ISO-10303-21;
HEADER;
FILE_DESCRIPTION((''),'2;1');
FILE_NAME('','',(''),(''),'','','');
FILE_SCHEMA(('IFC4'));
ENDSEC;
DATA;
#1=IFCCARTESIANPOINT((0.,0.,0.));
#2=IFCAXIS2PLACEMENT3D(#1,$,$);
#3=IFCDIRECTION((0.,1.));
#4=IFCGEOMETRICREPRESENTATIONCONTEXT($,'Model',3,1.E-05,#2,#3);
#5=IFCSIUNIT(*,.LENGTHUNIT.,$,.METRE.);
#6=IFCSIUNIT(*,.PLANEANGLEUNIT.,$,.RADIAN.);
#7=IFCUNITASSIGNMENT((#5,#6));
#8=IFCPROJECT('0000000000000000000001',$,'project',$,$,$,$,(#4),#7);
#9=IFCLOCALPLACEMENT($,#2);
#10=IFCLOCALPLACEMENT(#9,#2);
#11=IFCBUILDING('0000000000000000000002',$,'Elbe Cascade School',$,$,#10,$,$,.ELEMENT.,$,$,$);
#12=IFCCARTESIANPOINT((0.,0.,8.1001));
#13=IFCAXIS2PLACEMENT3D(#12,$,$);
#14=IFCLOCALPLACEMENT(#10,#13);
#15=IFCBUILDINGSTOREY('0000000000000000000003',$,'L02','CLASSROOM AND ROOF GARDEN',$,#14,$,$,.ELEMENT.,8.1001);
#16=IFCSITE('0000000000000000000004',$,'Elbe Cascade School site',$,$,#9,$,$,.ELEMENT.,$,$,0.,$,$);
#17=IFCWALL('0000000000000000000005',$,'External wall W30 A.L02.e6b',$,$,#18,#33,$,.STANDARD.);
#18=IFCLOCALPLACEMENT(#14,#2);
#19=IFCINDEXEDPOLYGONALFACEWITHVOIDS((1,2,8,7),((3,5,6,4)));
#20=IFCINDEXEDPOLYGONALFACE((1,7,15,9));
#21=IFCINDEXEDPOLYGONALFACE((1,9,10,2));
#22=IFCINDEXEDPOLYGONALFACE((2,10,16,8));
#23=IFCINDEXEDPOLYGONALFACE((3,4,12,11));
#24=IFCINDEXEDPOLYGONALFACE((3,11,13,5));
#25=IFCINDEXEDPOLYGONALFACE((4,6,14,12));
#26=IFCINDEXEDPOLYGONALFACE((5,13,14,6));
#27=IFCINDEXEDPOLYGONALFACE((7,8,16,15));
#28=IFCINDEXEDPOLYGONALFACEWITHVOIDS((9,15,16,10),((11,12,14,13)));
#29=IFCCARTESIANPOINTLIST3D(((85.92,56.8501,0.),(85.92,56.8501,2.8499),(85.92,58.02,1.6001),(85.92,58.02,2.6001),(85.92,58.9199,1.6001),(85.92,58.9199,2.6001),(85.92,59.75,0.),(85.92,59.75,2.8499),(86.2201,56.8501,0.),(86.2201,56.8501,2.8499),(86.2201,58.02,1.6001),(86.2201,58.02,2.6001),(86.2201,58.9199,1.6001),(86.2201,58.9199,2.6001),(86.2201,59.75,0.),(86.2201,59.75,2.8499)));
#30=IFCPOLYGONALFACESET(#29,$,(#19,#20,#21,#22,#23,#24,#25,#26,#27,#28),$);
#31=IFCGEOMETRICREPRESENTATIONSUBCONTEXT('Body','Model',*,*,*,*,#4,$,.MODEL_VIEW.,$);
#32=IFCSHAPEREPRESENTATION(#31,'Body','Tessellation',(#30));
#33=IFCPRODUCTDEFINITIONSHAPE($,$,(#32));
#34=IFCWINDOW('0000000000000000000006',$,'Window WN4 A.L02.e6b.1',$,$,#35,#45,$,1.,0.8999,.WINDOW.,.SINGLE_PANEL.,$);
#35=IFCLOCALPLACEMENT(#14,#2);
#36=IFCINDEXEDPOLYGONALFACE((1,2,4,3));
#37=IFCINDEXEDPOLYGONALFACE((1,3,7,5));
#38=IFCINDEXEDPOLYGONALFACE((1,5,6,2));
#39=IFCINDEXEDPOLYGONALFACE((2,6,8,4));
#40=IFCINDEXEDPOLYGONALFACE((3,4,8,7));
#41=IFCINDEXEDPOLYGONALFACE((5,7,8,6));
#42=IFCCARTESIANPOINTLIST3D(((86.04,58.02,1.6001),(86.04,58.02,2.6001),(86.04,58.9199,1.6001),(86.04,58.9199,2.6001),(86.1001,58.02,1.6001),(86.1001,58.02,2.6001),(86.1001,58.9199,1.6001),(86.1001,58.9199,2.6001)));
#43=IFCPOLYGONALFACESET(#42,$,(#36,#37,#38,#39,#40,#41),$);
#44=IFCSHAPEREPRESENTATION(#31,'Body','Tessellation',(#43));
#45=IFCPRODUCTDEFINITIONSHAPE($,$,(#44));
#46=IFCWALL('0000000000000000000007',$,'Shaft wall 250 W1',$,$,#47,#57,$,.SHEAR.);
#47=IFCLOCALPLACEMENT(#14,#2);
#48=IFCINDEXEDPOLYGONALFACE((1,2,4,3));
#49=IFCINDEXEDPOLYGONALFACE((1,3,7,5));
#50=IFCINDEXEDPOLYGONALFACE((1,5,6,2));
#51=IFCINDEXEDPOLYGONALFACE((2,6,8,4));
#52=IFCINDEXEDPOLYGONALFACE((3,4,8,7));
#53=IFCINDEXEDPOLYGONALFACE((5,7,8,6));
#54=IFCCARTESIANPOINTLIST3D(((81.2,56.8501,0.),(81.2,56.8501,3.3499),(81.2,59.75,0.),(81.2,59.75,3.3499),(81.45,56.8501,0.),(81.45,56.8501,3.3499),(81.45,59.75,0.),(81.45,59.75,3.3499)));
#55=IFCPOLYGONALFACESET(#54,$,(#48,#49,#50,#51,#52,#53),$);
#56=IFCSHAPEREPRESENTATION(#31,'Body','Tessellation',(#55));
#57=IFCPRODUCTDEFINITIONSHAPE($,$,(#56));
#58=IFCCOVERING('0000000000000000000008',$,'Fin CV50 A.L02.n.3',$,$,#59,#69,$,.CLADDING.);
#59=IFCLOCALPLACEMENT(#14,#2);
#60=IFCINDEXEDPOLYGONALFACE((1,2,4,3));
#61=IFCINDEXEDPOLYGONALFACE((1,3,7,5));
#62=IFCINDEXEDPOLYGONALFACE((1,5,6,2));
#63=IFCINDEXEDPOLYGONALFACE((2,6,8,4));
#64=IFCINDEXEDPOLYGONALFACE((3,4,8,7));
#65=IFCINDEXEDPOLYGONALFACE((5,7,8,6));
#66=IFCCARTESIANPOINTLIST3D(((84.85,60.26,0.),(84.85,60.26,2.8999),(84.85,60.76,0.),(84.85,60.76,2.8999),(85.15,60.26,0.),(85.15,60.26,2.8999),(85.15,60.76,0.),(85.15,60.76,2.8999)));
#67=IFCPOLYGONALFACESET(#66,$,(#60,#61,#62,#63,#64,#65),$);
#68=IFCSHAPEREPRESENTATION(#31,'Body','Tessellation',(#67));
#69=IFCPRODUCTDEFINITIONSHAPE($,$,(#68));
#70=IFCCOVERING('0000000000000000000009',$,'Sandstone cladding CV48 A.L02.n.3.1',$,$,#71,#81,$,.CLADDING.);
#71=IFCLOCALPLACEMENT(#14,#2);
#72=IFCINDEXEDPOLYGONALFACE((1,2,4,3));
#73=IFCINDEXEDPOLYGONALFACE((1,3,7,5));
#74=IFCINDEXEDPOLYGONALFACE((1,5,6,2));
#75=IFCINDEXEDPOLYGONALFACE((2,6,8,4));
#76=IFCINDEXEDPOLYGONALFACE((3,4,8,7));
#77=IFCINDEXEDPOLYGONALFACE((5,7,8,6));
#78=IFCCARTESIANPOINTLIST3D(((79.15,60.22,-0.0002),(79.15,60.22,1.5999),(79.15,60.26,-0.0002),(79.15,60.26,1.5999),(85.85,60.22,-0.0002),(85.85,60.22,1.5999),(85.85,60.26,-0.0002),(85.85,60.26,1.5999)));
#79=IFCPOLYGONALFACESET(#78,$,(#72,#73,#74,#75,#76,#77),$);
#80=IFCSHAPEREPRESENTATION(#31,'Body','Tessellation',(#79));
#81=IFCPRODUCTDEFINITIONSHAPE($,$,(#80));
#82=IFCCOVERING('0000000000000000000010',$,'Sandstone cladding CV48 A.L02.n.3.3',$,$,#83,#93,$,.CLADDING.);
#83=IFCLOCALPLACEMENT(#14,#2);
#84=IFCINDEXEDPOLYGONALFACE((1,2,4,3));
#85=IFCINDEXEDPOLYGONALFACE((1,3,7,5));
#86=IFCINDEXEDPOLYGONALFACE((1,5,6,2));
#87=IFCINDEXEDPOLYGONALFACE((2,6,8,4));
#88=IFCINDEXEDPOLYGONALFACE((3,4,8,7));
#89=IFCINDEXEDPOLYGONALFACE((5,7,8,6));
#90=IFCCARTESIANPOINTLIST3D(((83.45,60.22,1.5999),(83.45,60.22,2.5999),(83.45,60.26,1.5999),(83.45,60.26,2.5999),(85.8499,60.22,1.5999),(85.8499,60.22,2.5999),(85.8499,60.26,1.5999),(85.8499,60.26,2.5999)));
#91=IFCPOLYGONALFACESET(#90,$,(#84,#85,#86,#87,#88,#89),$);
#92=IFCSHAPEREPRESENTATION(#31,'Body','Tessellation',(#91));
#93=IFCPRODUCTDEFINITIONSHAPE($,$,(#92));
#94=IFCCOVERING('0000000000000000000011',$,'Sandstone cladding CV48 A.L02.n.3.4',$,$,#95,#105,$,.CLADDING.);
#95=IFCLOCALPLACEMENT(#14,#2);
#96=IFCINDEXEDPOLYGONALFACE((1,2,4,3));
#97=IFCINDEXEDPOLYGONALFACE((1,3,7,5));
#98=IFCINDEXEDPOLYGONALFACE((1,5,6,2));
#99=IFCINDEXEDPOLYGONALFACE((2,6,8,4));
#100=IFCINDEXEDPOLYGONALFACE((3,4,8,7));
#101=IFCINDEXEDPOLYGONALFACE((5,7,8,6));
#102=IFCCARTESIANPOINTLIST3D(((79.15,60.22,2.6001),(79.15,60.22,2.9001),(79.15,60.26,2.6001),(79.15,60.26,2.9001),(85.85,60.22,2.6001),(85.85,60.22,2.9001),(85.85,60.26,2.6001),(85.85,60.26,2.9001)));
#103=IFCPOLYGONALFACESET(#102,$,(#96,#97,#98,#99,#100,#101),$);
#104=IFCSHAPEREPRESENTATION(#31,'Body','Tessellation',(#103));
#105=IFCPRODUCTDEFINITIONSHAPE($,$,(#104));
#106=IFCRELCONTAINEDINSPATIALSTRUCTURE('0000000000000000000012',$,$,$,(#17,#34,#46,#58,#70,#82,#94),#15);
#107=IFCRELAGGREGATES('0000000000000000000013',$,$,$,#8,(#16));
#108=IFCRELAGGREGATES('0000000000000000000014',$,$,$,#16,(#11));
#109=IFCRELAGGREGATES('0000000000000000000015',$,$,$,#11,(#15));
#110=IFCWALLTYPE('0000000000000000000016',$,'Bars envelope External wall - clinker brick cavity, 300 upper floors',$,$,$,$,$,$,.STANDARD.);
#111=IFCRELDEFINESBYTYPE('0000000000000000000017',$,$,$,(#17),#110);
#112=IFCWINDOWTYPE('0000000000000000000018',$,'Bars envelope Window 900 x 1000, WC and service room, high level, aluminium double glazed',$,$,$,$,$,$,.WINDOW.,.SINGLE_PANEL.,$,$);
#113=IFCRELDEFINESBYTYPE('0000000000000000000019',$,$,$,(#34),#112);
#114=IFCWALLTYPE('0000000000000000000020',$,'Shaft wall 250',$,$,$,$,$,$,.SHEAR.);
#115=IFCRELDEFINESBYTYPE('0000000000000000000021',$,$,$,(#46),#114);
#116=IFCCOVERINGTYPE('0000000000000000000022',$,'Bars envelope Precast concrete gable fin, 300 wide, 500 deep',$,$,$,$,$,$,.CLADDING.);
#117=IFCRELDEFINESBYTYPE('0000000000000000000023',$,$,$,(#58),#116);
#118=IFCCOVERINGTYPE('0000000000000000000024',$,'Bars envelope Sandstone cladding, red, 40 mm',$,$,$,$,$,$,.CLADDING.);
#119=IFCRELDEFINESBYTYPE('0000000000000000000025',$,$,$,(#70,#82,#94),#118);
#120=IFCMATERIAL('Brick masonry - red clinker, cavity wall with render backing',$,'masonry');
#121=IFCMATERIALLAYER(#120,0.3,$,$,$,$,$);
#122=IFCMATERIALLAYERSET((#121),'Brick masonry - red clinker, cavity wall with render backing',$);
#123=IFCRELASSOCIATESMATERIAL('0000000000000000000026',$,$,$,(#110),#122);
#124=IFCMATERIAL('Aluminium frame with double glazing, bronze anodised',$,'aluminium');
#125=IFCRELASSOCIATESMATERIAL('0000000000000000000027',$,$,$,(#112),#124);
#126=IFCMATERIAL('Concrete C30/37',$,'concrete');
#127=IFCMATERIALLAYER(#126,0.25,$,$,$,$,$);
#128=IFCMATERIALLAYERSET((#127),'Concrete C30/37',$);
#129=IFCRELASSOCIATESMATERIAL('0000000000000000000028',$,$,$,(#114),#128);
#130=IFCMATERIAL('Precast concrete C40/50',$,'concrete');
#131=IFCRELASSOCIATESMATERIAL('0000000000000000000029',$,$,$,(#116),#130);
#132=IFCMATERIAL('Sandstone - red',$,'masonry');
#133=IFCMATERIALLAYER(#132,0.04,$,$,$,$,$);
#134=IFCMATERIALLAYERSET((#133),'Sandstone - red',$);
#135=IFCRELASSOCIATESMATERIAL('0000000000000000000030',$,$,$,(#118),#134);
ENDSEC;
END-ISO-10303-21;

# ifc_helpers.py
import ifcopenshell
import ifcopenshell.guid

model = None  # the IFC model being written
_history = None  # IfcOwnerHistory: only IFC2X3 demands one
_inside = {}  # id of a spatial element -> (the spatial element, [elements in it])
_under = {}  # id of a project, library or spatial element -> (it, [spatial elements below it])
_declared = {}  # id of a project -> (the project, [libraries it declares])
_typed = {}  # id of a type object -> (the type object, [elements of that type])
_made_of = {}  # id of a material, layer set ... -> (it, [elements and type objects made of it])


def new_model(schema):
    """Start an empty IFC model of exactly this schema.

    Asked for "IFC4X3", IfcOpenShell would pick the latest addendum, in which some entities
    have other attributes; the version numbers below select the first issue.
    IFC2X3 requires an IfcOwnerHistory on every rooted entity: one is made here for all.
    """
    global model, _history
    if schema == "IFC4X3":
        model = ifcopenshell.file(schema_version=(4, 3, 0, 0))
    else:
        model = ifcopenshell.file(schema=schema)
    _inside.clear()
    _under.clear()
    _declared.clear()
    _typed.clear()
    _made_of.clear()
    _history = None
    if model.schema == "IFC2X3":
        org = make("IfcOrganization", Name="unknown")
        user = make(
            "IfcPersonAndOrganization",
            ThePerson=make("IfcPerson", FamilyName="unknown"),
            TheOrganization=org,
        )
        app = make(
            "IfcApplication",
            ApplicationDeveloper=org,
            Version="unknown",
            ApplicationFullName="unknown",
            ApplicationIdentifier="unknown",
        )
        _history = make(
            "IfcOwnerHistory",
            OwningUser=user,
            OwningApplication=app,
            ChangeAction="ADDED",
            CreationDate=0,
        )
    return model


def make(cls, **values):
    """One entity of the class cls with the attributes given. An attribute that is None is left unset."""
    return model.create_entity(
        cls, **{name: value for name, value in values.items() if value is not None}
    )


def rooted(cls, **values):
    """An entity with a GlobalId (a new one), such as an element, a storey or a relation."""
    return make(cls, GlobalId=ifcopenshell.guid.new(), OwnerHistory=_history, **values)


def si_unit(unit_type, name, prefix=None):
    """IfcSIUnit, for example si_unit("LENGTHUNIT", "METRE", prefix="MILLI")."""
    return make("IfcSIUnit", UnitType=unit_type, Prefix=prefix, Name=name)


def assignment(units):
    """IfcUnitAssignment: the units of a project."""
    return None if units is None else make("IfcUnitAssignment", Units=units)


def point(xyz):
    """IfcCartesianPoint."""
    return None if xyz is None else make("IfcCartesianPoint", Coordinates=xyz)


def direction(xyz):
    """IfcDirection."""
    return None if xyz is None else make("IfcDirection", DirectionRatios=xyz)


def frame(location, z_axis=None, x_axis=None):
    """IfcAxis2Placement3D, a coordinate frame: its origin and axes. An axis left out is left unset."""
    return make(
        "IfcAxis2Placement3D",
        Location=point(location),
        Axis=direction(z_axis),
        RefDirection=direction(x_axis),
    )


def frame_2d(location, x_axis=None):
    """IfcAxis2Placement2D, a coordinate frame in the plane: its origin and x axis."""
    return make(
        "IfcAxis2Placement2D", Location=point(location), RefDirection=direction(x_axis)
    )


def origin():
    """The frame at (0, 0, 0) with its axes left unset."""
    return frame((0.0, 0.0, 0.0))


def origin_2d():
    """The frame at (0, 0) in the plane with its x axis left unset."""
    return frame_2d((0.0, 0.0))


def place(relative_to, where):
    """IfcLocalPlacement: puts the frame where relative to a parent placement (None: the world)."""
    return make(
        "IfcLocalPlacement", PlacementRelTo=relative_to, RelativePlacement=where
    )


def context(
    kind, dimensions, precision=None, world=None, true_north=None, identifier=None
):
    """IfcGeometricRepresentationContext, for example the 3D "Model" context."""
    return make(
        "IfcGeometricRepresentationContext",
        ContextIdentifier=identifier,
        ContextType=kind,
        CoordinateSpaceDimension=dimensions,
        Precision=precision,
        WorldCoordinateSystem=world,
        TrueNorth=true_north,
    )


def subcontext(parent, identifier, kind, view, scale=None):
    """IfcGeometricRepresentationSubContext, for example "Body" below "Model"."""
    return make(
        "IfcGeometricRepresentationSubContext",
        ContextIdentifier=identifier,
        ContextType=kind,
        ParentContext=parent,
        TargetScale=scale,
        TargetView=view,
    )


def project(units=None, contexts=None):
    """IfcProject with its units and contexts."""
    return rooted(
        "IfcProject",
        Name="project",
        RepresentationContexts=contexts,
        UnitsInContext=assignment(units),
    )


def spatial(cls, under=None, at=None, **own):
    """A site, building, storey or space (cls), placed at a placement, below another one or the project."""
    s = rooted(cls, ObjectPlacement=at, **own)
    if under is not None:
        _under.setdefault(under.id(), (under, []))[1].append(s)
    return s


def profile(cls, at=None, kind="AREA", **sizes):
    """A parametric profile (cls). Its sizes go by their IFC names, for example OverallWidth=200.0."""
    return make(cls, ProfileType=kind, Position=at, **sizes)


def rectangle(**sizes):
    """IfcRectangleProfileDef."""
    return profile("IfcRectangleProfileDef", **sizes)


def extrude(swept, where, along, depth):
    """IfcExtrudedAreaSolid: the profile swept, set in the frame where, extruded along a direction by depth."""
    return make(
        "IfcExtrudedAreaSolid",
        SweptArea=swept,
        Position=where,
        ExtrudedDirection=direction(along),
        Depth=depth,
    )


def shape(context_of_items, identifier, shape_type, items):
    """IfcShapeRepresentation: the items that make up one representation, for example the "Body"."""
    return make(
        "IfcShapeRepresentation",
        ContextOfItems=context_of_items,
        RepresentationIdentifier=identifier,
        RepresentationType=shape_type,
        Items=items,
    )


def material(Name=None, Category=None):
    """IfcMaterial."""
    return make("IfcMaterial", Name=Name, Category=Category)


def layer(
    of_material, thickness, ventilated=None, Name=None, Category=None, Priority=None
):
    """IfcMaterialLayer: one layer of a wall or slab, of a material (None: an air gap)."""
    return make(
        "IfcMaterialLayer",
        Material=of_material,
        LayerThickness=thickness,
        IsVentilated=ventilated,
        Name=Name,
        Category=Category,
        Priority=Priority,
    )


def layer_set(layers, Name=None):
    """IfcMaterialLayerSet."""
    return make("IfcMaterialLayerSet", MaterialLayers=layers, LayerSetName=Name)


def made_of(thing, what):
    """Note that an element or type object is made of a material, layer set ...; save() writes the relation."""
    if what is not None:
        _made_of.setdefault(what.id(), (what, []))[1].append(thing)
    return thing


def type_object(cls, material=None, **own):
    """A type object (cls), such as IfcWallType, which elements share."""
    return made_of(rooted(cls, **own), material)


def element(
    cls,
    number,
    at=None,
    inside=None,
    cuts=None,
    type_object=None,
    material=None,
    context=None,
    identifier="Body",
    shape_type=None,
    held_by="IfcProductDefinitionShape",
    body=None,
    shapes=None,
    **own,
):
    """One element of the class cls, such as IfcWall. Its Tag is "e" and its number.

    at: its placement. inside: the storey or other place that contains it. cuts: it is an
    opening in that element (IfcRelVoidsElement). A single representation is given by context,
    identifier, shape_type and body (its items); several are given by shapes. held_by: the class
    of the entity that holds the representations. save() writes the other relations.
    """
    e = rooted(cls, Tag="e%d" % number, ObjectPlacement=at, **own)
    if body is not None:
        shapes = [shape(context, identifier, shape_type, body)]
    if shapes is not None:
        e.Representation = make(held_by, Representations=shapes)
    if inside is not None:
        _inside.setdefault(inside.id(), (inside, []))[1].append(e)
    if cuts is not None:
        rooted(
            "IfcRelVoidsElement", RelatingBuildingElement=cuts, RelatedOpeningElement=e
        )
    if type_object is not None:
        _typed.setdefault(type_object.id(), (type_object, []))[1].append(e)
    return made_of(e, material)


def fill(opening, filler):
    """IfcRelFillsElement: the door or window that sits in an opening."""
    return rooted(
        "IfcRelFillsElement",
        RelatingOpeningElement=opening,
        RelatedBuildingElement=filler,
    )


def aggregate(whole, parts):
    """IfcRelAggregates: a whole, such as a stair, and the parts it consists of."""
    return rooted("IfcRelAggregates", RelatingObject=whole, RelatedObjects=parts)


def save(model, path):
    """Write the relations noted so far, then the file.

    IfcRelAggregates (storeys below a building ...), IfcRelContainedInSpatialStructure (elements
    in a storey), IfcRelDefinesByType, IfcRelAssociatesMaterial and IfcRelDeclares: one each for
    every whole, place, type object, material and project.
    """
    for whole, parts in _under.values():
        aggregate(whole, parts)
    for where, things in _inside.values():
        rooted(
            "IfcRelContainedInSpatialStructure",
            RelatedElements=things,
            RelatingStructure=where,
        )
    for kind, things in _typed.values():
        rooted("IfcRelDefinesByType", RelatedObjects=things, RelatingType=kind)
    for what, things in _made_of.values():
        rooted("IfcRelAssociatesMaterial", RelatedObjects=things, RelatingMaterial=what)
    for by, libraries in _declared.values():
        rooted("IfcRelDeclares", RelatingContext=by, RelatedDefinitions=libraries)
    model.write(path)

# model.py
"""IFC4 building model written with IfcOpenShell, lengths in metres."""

from ifc_helpers import new_model, si_unit, direction, frame, frame_2d, origin, origin_2d, place, context, subcontext, project, spatial, rectangle, extrude, material, layer, layer_set, type_object, element, fill, save


model = new_model("IFC4")

# Units and contexts
model_context = context("Model", 3, precision=1e-05, world=origin(), true_north=direction((0.0, 1.0)))
body_context = subcontext(model_context, "Body", "Model", "MODEL_VIEW")
ifc_project = project(units=[si_unit("LENGTHUNIT", "METRE"), si_unit("PLANEANGLEUNIT", "RADIAN")], contexts=[model_context])

# Site, building, storey
site_placement = place(None, origin())
site = spatial("IfcSite", under=ifc_project, at=site_placement, Name="Elbe Cascade School site", CompositionType="ELEMENT", RefElevation=0.0)
building_placement = place(site_placement, origin())
building = spatial("IfcBuilding", under=site, at=building_placement, Name="Elbe Cascade School", CompositionType="ELEMENT")
storey_placement = place(building_placement, frame((0.0, 0.0, 8.1001)))
storey = spatial("IfcBuildingStorey", under=building, at=storey_placement, Name="L02", Description="CLASSROOM AND ROOF GARDEN", CompositionType="ELEMENT", Elevation=8.1001)

# Shared definitions
ifc_material_1 = material(Name="Brick masonry - red clinker, cavity wall with render backing", Category="masonry")
ifc_layer_1 = layer(ifc_material_1, 0.3)
ifc_layer_set_1 = layer_set([ifc_layer_1], Name="Brick masonry - red clinker, cavity wall with render backing")
wall_type_1 = type_object("IfcWallType", Name="Bars envelope External wall - clinker brick cavity, 300 upper floors", PredefinedType="STANDARD", material=ifc_layer_set_1)

# Wall, opening, window
ifc_material_2 = material(Name="Aluminium frame with double glazing, bronze anodised", Category="aluminium")
window_type_1 = type_object("IfcWindowType", Name="Bars envelope Window 900 x 1000, WC and service room, high level, aluminium double glazed", PartitioningType="SINGLE_PANEL", PredefinedType="WINDOW", material=ifc_material_2)
wall_1_placement = place(storey_placement, frame((86.0701, 59.75, 0.0), z_axis=(0.0, 0.0, 1.0), x_axis=(0.0, -1.0, 0.0)))
wall_1 = element("IfcWall", 1, at=wall_1_placement, inside=storey, type_object=wall_type_1, Name="External wall W30 A.L02.e6b", PredefinedType="STANDARD", context=body_context, shape_type="SweptSolid", body=[
    extrude(rectangle(XDim=2.8999, YDim=0.3, at=frame_2d((1.45, 0.0))), origin(), (0.0, 0.0, 1.0), 2.8499),
])
opening_1_placement = place(wall_1_placement, frame((0.8301, 0.0, 1.6001)))
opening_1 = element("IfcOpeningElement", 2, at=opening_1_placement, cuts=wall_1, PredefinedType="OPENING", context=body_context, shape_type="SweptSolid", body=[
    extrude(rectangle(XDim=0.8999, YDim=1.0, at=frame_2d((0.45, 0.5))), frame((0.0, 0.1599, 0.0), z_axis=(0.0, -1.0, 0.0), x_axis=(1.0, 0.0, 0.0)), (0.0, 0.0, 1.0), 0.3201),
])
window_1_placement = place(opening_1_placement, origin())
window_1 = element("IfcWindow", 3, at=window_1_placement, inside=storey, type_object=window_type_1, Name="Window WN4 A.L02.e6b.1", OverallHeight=1.0, OverallWidth=0.8999, PartitioningType="SINGLE_PANEL", PredefinedType="WINDOW", context=body_context, shape_type="SweptSolid", body=[
    extrude(rectangle(XDim=0.8999, YDim=1.0, at=frame_2d((0.45, 0.5))), frame((0.0, 0.03, 0.0), z_axis=(0.0, -1.0, 0.0), x_axis=(1.0, 0.0, 0.0)), (0.0, 0.0, 1.0), 0.0601),
])
fill(opening_1, window_1)

# Wall
ifc_material_3 = material(Name="Concrete C30/37", Category="concrete")
ifc_layer_2 = layer(ifc_material_3, 0.25)
ifc_layer_set_2 = layer_set([ifc_layer_2], Name="Concrete C30/37")
wall_type_2 = type_object("IfcWallType", Name="Shaft wall 250", PredefinedType="SHEAR", material=ifc_layer_set_2)
wall_2_placement = place(storey_placement, frame((81.325, 56.8501, 0.0), z_axis=(0.0, 0.0, 1.0), x_axis=(0.0, 1.0, 0.0)))
element("IfcWall", 4, at=wall_2_placement, inside=storey, type_object=wall_type_2, Name="Shaft wall 250 W1", PredefinedType="SHEAR", context=body_context, shape_type="SweptSolid", body=[
    extrude(rectangle(XDim=2.8999, YDim=0.25, at=frame_2d((1.45, 0.0))), origin(), (0.0, 0.0, 1.0), 3.3499),
])

# Coverings
ifc_material_4 = material(Name="Precast concrete C40/50", Category="concrete")
covering_type_1 = type_object("IfcCoveringType", Name="Bars envelope Precast concrete gable fin, 300 wide, 500 deep", PredefinedType="CLADDING", material=ifc_material_4)
covering_1_placement = place(storey_placement, frame((85.0, 60.51, 0.0), z_axis=(0.0, 0.0, 1.0), x_axis=(1.0, 0.0, 0.0)))
element("IfcCovering", 5, at=covering_1_placement, inside=storey, type_object=covering_type_1, Name="Fin CV50 A.L02.n.3", PredefinedType="CLADDING", context=body_context, shape_type="SweptSolid", body=[
    extrude(rectangle(XDim=0.3, YDim=0.5, at=origin_2d()), origin(), (0.0, 0.0, 1.0), 2.8999),
])
ifc_material_5 = material(Name="Sandstone - red", Category="masonry")
ifc_layer_3 = layer(ifc_material_5, 0.04)
ifc_layer_set_3 = layer_set([ifc_layer_3], Name="Sandstone - red")
covering_type_2 = type_object("IfcCoveringType", Name="Bars envelope Sandstone cladding, red, 40 mm", PredefinedType="CLADDING", material=ifc_layer_set_3)
covering_2_placement = place(storey_placement, frame((82.5, 60.24, -0.0002), z_axis=(0.0, 0.0, 1.0), x_axis=(1.0, 0.0, 0.0)))
element("IfcCovering", 6, at=covering_2_placement, inside=storey, type_object=covering_type_2, Name="Sandstone cladding CV48 A.L02.n.3.1", PredefinedType="CLADDING", context=body_context, shape_type="SweptSolid", body=[
    extrude(rectangle(XDim=6.7, YDim=0.04, at=origin_2d()), origin(), (0.0, 0.0, 1.0), 1.6001),
])
covering_3_placement = place(storey_placement, frame((84.6499, 60.24, 1.5999), z_axis=(0.0, 0.0, 1.0), x_axis=(1.0, 0.0, 0.0)))
element("IfcCovering", 7, at=covering_3_placement, inside=storey, type_object=covering_type_2, Name="Sandstone cladding CV48 A.L02.n.3.3", PredefinedType="CLADDING", context=body_context, shape_type="SweptSolid", body=[
    extrude(rectangle(XDim=2.3999, YDim=0.04, at=origin_2d()), origin(), (0.0, 0.0, 1.0), 1.0),
])
covering_4_placement = place(storey_placement, frame((82.5, 60.24, 2.6001), z_axis=(0.0, 0.0, 1.0), x_axis=(1.0, 0.0, 0.0)))
element("IfcCovering", 8, at=covering_4_placement, inside=storey, type_object=covering_type_2, Name="Sandstone cladding CV48 A.L02.n.3.4", PredefinedType="CLADDING", context=body_context, shape_type="SweptSolid", body=[
    extrude(rectangle(XDim=6.7, YDim=0.04, at=origin_2d()), origin(), (0.0, 0.0, 1.0), 0.3),
])

save(model, "model.ifc")
